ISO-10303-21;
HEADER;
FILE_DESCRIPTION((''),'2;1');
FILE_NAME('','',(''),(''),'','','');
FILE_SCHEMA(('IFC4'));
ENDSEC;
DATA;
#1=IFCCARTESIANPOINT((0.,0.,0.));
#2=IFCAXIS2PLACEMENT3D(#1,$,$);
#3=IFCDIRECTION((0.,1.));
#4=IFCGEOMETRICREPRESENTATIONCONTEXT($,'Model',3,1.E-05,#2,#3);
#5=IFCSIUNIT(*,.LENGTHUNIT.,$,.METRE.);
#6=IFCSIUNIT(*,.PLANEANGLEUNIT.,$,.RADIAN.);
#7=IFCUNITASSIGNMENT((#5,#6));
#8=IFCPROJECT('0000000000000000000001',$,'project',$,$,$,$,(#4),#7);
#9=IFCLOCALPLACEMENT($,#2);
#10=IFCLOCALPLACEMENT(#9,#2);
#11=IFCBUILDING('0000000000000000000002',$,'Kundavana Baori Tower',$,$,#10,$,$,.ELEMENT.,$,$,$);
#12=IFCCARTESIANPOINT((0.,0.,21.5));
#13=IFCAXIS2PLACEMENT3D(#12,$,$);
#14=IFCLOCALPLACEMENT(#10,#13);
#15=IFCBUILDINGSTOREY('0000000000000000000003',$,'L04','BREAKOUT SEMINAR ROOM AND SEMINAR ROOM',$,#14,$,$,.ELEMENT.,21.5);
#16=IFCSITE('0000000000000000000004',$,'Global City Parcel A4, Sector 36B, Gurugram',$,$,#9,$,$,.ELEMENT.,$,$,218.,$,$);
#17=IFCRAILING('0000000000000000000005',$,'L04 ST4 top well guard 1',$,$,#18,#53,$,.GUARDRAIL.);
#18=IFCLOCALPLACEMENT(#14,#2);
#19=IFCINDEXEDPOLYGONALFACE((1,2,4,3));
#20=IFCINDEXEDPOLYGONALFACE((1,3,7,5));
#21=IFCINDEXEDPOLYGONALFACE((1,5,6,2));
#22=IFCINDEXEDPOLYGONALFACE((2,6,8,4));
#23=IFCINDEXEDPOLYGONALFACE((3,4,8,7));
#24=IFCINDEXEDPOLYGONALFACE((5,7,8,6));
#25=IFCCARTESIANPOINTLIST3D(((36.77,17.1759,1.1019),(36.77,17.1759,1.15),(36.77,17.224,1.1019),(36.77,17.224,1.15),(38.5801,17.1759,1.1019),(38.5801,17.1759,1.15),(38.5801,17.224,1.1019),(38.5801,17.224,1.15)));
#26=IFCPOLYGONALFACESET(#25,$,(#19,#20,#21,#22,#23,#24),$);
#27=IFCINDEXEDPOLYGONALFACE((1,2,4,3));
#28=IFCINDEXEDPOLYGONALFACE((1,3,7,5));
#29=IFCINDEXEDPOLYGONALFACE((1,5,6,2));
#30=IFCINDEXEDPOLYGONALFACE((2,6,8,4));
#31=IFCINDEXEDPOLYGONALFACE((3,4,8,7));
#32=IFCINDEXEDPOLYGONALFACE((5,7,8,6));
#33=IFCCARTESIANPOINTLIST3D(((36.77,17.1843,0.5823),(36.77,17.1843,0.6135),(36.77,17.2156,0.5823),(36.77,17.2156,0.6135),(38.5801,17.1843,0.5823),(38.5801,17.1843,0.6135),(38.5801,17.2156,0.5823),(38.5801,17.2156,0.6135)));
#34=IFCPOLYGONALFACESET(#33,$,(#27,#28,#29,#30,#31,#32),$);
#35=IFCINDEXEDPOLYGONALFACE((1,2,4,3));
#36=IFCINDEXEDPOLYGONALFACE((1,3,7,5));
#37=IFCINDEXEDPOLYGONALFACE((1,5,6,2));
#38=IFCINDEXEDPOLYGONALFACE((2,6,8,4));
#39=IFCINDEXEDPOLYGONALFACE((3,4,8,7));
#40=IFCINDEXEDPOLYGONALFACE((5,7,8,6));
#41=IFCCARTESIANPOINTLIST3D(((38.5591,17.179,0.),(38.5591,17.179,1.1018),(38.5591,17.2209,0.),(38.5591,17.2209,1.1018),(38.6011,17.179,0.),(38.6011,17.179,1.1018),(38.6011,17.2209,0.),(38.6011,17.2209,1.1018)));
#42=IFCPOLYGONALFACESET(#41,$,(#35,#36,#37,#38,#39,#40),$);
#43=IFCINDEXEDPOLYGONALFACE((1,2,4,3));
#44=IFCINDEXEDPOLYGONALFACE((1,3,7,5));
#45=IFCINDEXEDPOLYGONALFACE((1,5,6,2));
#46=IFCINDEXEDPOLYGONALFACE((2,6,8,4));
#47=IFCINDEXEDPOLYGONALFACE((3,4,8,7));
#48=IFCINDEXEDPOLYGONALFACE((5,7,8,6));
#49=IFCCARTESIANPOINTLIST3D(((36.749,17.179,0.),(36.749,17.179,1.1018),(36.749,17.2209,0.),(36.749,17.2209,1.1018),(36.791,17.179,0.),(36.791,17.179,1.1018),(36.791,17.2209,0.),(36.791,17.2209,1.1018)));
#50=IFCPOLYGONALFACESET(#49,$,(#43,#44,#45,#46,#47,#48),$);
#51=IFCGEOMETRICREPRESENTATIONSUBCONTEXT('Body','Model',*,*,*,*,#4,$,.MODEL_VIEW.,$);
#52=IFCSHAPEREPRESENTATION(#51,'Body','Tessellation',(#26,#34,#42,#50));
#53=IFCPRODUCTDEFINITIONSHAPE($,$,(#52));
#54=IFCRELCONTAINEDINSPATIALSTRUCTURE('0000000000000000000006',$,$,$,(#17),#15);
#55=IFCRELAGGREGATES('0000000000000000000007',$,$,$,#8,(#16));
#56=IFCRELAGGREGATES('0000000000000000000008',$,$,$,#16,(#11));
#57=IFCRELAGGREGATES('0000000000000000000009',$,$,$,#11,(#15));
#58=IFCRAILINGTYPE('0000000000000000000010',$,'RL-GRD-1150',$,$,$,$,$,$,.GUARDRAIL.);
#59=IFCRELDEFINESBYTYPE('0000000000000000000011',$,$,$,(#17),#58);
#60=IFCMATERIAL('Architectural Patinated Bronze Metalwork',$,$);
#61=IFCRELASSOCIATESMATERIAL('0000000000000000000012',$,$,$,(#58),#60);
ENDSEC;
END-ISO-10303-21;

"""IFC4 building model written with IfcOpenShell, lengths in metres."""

from ifc_helpers import new_model, si_unit, direction, frame, origin, origin_2d, place, context, subcontext, project, spatial, rectangle, extrude, material, type_object, element, save


model = new_model("IFC4")

# Units and contexts
model_context = context("Model", 3, precision=1e-05, world=origin(), true_north=direction((0.0, 1.0)))
body_context = subcontext(model_context, "Body", "Model", "MODEL_VIEW")
ifc_project = project(units=[si_unit("LENGTHUNIT", "METRE"), si_unit("PLANEANGLEUNIT", "RADIAN")], contexts=[model_context])

# Site, building, storey
site_placement = place(None, origin())
site = spatial("IfcSite", under=ifc_project, at=site_placement, Name="Global City Parcel A4, Sector 36B, Gurugram", CompositionType="ELEMENT", RefElevation=218.0)
building_placement = place(site_placement, origin())
building = spatial("IfcBuilding", under=site, at=building_placement, Name="Kundavana Baori Tower", CompositionType="ELEMENT")
storey_placement = place(building_placement, frame((0.0, 0.0, 21.5)))
storey = spatial("IfcBuildingStorey", under=building, at=storey_placement, Name="L04", Description="BREAKOUT SEMINAR ROOM AND SEMINAR ROOM", CompositionType="ELEMENT", Elevation=21.5)

# Railing
ifc_material_1 = material(Name="Architectural Patinated Bronze Metalwork")
railing_type = type_object("IfcRailingType", Name="RL-GRD-1150", PredefinedType="GUARDRAIL", material=ifc_material_1)
railing_placement = place(storey_placement, frame((38.5801, 17.2, 0.0)))
element("IfcRailing", 1, at=railing_placement, inside=storey, type_object=railing_type, Name="L04 ST4 top well guard 1", PredefinedType="GUARDRAIL", context=body_context, shape_type="SweptSolid", body=[
    extrude(rectangle(XDim=0.0481, YDim=0.0481, at=origin_2d()), frame((0.0, 0.0, 1.126), z_axis=(-1.0, 0.0, 0.0), x_axis=(0.0, -1.0, 0.0)), (0.0, 0.0, 1.0), 1.8101),
    extrude(rectangle(XDim=0.0312, YDim=0.0312, at=origin_2d()), frame((0.0, 0.0, 0.5979), z_axis=(-1.0, 0.0, 0.0), x_axis=(0.0, -1.0, 0.0)), (0.0, 0.0, 1.0), 1.8101),
    extrude(rectangle(XDim=0.042, YDim=0.042, at=origin_2d()), origin(), (0.0, 0.0, 1.0), 1.1018),
    extrude(rectangle(XDim=0.042, YDim=0.042, at=origin_2d()), frame((-1.8101, 0.0, 0.0)), (0.0, 0.0, 1.0), 1.1018),
])

save(model, "model.ifc")
